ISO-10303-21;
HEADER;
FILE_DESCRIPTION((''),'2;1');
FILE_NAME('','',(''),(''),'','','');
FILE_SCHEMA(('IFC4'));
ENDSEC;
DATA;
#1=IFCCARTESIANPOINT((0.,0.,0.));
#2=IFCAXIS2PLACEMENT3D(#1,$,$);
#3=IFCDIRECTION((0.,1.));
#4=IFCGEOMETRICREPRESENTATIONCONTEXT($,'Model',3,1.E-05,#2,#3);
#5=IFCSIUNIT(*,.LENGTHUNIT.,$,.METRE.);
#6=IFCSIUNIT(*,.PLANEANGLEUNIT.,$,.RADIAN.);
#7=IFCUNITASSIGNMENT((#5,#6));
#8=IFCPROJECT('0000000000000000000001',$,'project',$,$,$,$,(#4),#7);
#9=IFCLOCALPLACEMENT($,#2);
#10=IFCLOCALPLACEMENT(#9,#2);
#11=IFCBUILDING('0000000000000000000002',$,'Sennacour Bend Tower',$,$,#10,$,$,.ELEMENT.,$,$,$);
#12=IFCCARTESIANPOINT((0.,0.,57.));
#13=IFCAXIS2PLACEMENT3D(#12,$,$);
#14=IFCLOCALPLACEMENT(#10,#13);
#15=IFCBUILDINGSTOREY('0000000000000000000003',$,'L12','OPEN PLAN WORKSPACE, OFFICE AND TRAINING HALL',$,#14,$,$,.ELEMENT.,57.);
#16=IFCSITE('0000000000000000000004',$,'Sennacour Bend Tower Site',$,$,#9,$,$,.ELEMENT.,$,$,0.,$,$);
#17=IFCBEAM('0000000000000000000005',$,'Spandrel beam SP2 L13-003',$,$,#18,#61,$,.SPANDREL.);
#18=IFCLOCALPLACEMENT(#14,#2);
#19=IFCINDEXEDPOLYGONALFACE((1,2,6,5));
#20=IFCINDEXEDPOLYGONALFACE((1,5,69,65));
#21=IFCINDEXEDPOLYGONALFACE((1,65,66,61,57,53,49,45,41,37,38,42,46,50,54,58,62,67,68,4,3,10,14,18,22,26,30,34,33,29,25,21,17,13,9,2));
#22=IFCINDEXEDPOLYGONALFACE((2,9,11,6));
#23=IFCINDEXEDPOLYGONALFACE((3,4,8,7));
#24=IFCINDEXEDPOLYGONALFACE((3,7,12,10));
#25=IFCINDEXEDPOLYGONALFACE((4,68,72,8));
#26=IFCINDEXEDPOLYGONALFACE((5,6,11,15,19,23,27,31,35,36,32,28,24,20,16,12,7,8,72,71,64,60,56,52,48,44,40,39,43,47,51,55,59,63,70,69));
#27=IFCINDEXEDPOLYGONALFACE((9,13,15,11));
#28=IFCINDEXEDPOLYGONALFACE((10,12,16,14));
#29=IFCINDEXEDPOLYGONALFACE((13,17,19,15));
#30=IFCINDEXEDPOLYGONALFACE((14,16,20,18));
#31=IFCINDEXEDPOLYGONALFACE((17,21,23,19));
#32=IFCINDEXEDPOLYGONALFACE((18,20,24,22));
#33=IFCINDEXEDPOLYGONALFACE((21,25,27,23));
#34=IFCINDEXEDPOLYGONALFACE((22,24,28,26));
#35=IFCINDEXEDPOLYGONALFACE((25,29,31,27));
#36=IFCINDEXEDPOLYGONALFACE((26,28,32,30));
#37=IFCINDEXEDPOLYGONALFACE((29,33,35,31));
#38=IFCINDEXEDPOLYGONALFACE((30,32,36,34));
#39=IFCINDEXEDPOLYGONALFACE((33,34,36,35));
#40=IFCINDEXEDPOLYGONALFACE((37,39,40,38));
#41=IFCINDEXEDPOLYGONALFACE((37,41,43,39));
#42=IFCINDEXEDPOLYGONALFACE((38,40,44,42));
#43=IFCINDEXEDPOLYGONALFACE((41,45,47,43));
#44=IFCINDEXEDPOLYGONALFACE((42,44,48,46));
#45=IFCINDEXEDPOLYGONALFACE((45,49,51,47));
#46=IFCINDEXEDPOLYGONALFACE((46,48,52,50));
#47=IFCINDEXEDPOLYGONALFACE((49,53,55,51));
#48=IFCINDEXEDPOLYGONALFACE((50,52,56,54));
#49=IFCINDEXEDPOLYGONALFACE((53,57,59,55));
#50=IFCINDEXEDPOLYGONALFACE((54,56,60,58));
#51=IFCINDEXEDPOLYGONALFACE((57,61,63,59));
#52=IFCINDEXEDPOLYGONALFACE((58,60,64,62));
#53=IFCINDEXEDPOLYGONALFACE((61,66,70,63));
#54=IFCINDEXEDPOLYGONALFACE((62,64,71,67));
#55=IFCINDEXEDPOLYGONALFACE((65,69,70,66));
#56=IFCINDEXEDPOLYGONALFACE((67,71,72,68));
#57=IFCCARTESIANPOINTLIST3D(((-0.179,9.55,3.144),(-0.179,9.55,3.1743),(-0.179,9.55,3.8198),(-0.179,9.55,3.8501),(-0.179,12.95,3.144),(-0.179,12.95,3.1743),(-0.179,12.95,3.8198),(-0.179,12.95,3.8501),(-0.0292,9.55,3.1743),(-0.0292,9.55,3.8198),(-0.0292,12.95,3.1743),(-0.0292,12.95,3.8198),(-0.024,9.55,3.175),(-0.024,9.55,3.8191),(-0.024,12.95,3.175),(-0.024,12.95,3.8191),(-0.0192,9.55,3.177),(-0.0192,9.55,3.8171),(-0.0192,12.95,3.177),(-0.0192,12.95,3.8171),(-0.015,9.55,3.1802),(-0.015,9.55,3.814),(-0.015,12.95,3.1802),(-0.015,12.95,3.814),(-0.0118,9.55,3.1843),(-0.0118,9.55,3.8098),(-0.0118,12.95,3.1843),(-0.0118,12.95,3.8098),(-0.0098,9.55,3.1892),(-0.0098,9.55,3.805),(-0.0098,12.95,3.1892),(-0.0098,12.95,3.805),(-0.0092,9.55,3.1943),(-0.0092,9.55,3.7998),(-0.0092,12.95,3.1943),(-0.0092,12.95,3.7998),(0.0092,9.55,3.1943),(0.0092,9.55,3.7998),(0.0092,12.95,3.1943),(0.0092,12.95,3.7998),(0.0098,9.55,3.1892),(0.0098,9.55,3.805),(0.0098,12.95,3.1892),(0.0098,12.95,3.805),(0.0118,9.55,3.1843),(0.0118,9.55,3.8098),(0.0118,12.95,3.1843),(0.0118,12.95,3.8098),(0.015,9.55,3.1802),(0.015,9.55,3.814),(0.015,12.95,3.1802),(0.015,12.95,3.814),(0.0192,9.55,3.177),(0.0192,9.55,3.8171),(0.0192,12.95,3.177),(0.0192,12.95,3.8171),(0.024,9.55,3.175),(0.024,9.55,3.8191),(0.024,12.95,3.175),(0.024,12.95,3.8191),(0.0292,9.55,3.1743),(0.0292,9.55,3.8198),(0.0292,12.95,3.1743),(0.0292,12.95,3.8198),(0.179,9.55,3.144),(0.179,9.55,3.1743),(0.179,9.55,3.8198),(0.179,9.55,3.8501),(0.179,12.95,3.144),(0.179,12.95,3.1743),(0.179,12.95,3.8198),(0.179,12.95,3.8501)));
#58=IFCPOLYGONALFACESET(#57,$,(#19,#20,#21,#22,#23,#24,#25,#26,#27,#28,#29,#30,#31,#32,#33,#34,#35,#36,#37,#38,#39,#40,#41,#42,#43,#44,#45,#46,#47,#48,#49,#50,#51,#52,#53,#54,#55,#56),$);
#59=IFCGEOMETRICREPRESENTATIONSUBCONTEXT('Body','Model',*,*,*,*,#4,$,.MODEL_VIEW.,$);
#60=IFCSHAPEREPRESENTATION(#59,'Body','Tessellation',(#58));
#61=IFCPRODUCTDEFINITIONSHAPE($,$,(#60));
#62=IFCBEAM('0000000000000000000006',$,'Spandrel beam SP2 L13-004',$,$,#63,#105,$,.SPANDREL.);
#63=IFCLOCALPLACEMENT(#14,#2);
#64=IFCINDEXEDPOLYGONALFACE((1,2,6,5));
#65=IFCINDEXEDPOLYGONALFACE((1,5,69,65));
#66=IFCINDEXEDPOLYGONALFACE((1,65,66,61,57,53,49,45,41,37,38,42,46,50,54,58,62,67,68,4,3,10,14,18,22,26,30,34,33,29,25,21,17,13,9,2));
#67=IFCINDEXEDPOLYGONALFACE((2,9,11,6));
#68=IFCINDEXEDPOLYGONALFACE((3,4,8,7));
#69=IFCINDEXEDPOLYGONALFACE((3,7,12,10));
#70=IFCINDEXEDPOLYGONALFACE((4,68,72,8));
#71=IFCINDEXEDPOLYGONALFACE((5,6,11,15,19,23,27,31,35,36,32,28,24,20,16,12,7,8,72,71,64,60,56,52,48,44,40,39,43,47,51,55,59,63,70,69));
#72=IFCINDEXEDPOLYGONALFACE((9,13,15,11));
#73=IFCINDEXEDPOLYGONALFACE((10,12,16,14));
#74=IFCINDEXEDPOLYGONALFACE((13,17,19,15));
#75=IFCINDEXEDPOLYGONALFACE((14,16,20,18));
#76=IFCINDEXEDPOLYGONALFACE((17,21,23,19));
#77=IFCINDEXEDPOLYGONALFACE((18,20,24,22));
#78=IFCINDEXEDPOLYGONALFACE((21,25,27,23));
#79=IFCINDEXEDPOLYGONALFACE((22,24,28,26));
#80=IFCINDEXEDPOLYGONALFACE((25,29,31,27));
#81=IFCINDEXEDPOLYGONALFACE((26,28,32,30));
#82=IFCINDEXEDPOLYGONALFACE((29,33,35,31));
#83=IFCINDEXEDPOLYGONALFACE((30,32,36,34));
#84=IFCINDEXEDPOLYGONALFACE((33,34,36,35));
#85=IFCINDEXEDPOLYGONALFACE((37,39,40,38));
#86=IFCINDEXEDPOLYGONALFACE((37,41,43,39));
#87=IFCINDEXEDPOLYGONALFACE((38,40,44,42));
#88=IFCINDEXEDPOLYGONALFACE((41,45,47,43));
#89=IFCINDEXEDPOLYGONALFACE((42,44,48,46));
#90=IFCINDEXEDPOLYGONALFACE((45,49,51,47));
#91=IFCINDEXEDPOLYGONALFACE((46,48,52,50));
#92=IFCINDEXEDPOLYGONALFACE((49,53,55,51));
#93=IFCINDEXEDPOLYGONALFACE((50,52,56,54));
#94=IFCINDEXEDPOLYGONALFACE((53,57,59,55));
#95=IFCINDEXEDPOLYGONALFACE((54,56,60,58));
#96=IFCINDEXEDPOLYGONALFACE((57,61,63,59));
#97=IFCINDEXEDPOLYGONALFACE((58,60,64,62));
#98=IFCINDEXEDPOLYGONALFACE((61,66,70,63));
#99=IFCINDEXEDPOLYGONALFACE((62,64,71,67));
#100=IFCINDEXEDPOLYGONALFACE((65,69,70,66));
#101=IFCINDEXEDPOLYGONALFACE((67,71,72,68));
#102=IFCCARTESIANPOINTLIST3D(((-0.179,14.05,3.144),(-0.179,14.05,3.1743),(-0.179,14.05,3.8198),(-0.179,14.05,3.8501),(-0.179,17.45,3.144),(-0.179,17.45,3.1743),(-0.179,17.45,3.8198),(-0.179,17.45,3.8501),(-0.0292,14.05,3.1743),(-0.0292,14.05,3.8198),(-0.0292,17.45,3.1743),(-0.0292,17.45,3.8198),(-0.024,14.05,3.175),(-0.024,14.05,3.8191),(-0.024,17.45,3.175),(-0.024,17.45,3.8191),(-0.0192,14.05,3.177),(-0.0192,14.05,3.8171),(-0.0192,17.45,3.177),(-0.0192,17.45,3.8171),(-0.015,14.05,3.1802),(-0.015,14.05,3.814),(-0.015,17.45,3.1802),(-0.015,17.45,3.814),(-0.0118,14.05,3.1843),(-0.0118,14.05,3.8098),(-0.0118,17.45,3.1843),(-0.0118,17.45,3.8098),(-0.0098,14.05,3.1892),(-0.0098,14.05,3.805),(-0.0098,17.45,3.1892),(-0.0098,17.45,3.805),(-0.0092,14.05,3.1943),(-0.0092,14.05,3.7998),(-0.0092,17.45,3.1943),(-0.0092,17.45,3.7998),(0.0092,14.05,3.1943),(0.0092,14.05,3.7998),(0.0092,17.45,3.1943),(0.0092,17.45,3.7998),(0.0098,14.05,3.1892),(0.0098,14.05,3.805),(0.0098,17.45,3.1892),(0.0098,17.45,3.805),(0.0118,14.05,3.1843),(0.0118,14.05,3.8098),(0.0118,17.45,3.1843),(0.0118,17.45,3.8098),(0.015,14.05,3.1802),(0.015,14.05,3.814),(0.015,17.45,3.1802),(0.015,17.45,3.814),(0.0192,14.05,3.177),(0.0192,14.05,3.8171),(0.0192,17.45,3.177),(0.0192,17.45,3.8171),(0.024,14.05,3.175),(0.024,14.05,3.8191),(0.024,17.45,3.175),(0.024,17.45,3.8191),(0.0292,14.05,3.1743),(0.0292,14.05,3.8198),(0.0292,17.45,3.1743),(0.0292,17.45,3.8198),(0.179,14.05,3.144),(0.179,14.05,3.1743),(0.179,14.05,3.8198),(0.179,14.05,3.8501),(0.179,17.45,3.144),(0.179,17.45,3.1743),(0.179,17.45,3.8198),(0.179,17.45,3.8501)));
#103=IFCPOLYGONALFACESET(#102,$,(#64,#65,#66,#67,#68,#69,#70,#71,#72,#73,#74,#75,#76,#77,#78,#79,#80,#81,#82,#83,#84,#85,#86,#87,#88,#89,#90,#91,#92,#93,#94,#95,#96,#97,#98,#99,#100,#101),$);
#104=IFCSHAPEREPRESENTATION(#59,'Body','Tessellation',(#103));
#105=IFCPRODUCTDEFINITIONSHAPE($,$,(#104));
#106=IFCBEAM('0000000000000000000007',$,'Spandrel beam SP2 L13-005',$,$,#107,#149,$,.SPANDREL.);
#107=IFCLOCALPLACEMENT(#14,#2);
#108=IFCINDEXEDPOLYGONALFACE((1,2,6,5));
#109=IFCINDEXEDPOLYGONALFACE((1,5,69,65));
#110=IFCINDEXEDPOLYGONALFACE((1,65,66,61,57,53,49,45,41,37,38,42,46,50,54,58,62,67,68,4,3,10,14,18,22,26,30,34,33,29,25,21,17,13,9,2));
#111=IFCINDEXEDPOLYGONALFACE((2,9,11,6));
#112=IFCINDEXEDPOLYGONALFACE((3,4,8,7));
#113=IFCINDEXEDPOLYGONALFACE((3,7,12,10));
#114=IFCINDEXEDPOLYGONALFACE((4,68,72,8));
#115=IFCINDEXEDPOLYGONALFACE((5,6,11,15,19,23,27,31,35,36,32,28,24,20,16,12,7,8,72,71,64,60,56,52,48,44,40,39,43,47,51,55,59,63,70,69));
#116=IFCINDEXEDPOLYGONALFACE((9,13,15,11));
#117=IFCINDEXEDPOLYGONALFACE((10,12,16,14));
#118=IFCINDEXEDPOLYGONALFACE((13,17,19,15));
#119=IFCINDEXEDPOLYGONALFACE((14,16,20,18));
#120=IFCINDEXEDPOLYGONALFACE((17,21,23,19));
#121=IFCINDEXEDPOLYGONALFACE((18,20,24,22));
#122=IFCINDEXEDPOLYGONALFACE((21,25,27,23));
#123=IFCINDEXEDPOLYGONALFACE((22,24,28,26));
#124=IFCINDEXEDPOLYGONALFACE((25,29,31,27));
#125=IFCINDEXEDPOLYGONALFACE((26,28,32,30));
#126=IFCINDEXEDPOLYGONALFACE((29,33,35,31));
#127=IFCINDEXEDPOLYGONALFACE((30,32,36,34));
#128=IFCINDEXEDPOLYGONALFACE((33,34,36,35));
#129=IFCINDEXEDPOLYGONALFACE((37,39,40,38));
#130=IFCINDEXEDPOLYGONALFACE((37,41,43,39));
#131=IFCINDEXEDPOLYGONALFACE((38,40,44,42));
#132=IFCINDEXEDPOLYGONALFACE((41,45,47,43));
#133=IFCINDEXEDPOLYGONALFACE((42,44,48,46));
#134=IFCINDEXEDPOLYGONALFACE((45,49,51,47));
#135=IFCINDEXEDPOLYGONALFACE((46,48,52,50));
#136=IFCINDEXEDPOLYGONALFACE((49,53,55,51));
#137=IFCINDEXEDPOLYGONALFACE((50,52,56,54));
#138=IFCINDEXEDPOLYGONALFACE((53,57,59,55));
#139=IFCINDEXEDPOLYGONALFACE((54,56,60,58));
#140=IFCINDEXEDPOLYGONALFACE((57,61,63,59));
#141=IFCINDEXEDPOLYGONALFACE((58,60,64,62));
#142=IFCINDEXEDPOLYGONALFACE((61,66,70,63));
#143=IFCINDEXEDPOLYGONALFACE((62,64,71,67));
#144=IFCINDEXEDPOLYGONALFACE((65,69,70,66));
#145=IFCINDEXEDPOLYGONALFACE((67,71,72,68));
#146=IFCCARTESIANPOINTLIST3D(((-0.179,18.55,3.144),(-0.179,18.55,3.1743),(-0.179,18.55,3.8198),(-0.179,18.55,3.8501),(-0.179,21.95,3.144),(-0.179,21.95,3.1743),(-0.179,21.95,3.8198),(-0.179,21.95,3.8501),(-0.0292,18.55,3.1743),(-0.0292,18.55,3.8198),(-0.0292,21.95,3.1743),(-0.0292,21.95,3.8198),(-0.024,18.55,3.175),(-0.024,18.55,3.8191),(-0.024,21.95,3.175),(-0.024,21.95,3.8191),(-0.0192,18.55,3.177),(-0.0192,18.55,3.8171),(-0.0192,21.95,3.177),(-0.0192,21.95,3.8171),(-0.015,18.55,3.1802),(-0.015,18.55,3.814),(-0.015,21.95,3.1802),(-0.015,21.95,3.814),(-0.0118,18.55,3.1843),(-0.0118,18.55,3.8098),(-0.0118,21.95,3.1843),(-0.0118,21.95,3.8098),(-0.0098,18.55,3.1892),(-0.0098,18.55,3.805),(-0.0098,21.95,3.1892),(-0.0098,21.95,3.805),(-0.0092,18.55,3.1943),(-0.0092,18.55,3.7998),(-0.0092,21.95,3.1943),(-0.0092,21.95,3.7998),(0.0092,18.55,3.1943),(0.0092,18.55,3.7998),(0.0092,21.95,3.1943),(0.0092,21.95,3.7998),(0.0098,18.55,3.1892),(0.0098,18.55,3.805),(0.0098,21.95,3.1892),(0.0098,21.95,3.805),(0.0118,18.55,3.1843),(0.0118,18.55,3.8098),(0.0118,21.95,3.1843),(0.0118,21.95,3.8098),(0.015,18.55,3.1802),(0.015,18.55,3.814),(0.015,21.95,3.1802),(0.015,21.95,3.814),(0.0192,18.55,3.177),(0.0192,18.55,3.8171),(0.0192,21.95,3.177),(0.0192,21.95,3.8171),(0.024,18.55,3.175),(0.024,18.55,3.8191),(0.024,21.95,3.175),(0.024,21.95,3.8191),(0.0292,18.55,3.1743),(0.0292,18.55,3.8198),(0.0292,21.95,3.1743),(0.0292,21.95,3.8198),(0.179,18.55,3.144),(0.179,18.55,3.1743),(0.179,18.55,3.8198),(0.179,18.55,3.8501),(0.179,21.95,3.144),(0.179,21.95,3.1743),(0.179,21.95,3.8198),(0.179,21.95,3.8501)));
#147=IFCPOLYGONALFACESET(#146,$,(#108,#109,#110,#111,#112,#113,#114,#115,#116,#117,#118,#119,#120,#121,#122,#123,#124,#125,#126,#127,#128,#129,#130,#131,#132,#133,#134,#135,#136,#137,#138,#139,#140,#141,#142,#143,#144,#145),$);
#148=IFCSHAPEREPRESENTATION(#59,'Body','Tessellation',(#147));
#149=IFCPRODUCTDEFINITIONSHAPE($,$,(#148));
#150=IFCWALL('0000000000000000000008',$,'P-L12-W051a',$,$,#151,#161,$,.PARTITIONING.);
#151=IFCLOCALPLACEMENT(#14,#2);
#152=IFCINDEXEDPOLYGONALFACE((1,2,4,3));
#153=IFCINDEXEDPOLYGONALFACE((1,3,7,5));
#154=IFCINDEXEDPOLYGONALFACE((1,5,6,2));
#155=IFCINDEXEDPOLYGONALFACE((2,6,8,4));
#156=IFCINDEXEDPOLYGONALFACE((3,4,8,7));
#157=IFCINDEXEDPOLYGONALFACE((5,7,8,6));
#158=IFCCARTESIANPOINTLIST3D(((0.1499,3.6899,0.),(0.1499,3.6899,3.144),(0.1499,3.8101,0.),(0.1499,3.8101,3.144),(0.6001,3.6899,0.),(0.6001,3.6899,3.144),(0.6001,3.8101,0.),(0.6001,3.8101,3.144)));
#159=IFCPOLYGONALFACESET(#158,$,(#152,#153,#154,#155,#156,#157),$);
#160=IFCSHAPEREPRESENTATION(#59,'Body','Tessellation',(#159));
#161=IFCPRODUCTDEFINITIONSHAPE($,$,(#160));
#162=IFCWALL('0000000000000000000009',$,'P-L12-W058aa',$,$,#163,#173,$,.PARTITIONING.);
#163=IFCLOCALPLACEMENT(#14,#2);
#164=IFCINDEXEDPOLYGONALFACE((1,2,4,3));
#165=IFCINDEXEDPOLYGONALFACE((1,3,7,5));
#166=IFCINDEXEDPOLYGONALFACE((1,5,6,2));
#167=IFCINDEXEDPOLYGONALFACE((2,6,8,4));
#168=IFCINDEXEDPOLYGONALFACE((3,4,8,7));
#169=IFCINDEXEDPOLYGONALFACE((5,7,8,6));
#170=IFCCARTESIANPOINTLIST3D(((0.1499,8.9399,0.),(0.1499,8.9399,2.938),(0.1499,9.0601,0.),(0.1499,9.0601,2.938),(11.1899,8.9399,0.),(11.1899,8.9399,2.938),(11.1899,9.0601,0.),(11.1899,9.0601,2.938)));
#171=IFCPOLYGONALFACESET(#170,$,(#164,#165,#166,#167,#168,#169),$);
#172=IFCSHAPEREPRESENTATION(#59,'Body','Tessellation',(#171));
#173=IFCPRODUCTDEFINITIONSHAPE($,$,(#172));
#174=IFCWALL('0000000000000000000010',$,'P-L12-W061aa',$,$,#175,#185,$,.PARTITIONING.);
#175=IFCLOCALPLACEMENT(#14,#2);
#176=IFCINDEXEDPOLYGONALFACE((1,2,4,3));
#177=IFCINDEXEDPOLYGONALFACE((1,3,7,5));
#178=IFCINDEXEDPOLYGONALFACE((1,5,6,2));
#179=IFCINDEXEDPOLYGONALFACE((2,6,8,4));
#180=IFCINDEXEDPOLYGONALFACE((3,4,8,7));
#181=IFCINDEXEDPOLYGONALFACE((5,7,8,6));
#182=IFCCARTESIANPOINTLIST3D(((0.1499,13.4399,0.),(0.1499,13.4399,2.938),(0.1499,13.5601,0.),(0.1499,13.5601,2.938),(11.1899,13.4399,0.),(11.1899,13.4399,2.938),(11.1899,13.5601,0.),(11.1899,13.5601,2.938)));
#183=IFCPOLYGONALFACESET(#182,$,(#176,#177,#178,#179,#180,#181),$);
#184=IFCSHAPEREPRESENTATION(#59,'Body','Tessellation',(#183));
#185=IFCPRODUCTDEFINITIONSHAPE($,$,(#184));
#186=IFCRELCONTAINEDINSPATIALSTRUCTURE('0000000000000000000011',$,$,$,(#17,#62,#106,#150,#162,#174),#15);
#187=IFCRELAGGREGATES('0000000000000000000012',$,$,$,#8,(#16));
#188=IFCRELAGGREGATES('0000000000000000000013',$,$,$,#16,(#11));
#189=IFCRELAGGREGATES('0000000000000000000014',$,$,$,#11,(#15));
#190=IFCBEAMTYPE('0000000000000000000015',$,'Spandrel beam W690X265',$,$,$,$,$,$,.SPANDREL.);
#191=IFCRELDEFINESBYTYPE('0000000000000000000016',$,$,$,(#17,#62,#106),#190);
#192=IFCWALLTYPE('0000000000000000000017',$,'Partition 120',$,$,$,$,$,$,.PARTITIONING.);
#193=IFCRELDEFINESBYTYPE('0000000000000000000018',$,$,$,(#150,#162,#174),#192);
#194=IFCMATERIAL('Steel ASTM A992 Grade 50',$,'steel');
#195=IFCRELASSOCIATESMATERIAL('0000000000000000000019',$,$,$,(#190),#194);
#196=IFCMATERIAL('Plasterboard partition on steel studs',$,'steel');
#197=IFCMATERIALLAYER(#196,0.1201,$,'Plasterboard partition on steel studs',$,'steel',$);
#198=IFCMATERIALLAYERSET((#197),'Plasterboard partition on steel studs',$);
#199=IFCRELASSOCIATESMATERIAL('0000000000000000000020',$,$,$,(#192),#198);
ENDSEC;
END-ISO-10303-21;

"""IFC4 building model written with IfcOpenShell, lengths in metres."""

from ifc_helpers import new_model, si_unit, direction, frame, frame_2d, origin, origin_2d, place, context, subcontext, project, spatial, rectangle, i_section, extrude, material, layer, layer_set, material_profile, profile_set, type_object, element, save


model = new_model("IFC4")

# Units and contexts
model_context = context("Model", 3, precision=1e-05, world=origin(), true_north=direction((0.0, 1.0)))
body_context = subcontext(model_context, "Body", "Model", "MODEL_VIEW")
ifc_project = project(units=[si_unit("LENGTHUNIT", "METRE"), si_unit("PLANEANGLEUNIT", "RADIAN")], contexts=[model_context])

# Site, building, storey
site_placement = place(None, origin())
site = spatial("IfcSite", under=ifc_project, at=site_placement, Name="Sennacour Bend Tower Site", CompositionType="ELEMENT", RefElevation=0.0)
building_placement = place(site_placement, origin())
building = spatial("IfcBuilding", under=site, at=building_placement, Name="Sennacour Bend Tower", CompositionType="ELEMENT")
storey_placement = place(building_placement, frame((0.0, 0.0, 57.0)))
storey = spatial("IfcBuildingStorey", under=building, at=storey_placement, Name="L12", Description="OPEN PLAN WORKSPACE, OFFICE AND TRAINING HALL", CompositionType="ELEMENT", Elevation=57.0)

# Beams
ifc_material_1 = material(Name="Steel ASTM A992 Grade 50", Category="steel")
ifc_material_profile_1 = material_profile(ifc_material_1, i_section(OverallWidth=0.3579, OverallDepth=0.7061, WebThickness=0.0183, FlangeThickness=0.0303, FilletRadius=0.02, at=origin_2d()), Name="Steel ASTM A992 Grade 50", Category="steel")
ifc_profile_set_1 = profile_set([ifc_material_profile_1], Name="Steel ASTM A992 Grade 50")
beam_type_1 = type_object("IfcBeamType", Name="Spandrel beam W690X265", PredefinedType="SPANDREL", material=ifc_profile_set_1)
for number, where, z_axis, x_axis, name in (
    (1, (0.0, 9.55, 3.4971), (0.0, 1.0, 0.0), (-1.0, 0.0, 0.0), "Spandrel beam SP2 L13-003"),
    (2, (0.0, 14.05, 3.4971), (0.0, 1.0, 0.0), (-1.0, 0.0, 0.0), "Spandrel beam SP2 L13-004"),
    (3, (0.0, 18.55, 3.4971), (0.0, 1.0, 0.0), (-1.0, 0.0, 0.0), "Spandrel beam SP2 L13-005"),
):
    element("IfcBeam", number, at=place(storey_placement, frame(where, z_axis=z_axis, x_axis=x_axis)), inside=storey, type_object=beam_type_1, Name=name, PredefinedType="SPANDREL", context=body_context, shape_type="SweptSolid", body=[
        extrude(i_section(OverallWidth=0.3579, OverallDepth=0.7061, WebThickness=0.0183, FlangeThickness=0.0303, FilletRadius=0.02, at=origin_2d()), origin(), (0.0, 0.0, 1.0), 3.3999),
    ])

# Walls
ifc_material_2 = material(Name="Plasterboard partition on steel studs", Category="steel")
ifc_layer_1 = layer(ifc_material_2, 0.1201, Name="Plasterboard partition on steel studs", Category="steel")
ifc_layer_set_1 = layer_set([ifc_layer_1], Name="Plasterboard partition on steel studs")
wall_type_1 = type_object("IfcWallType", Name="Partition 120", PredefinedType="PARTITIONING", material=ifc_layer_set_1)
wall_1_placement = place(storey_placement, frame((0.1499, 3.75, 0.0), z_axis=(0.0, 0.0, 1.0), x_axis=(1.0, 0.0, 0.0)))
element("IfcWall", 4, at=wall_1_placement, inside=storey, type_object=wall_type_1, Name="P-L12-W051a", PredefinedType="PARTITIONING", context=body_context, shape_type="SweptSolid", body=[
    extrude(rectangle(XDim=0.4502, YDim=0.1201, at=frame_2d((0.2251, 0.0))), origin(), (0.0, 0.0, 1.0), 3.144),
])
for number, where, z_axis, x_axis, name in (
    (5, (0.1499, 9.0, 0.0), (0.0, 0.0, 1.0), (1.0, 0.0, 0.0), "P-L12-W058aa"),
    (6, (0.1499, 13.5, 0.0), (0.0, 0.0, 1.0), (1.0, 0.0, 0.0), "P-L12-W061aa"),
):
    element("IfcWall", number, at=place(storey_placement, frame(where, z_axis=z_axis, x_axis=x_axis)), inside=storey, type_object=wall_type_1, Name=name, PredefinedType="PARTITIONING", context=body_context, shape_type="SweptSolid", body=[
        extrude(rectangle(XDim=11.04, YDim=0.1201, at=frame_2d((5.52, 0.0))), origin(), (0.0, 0.0, 1.0), 2.938),
    ])

save(model, "model.ifc")
